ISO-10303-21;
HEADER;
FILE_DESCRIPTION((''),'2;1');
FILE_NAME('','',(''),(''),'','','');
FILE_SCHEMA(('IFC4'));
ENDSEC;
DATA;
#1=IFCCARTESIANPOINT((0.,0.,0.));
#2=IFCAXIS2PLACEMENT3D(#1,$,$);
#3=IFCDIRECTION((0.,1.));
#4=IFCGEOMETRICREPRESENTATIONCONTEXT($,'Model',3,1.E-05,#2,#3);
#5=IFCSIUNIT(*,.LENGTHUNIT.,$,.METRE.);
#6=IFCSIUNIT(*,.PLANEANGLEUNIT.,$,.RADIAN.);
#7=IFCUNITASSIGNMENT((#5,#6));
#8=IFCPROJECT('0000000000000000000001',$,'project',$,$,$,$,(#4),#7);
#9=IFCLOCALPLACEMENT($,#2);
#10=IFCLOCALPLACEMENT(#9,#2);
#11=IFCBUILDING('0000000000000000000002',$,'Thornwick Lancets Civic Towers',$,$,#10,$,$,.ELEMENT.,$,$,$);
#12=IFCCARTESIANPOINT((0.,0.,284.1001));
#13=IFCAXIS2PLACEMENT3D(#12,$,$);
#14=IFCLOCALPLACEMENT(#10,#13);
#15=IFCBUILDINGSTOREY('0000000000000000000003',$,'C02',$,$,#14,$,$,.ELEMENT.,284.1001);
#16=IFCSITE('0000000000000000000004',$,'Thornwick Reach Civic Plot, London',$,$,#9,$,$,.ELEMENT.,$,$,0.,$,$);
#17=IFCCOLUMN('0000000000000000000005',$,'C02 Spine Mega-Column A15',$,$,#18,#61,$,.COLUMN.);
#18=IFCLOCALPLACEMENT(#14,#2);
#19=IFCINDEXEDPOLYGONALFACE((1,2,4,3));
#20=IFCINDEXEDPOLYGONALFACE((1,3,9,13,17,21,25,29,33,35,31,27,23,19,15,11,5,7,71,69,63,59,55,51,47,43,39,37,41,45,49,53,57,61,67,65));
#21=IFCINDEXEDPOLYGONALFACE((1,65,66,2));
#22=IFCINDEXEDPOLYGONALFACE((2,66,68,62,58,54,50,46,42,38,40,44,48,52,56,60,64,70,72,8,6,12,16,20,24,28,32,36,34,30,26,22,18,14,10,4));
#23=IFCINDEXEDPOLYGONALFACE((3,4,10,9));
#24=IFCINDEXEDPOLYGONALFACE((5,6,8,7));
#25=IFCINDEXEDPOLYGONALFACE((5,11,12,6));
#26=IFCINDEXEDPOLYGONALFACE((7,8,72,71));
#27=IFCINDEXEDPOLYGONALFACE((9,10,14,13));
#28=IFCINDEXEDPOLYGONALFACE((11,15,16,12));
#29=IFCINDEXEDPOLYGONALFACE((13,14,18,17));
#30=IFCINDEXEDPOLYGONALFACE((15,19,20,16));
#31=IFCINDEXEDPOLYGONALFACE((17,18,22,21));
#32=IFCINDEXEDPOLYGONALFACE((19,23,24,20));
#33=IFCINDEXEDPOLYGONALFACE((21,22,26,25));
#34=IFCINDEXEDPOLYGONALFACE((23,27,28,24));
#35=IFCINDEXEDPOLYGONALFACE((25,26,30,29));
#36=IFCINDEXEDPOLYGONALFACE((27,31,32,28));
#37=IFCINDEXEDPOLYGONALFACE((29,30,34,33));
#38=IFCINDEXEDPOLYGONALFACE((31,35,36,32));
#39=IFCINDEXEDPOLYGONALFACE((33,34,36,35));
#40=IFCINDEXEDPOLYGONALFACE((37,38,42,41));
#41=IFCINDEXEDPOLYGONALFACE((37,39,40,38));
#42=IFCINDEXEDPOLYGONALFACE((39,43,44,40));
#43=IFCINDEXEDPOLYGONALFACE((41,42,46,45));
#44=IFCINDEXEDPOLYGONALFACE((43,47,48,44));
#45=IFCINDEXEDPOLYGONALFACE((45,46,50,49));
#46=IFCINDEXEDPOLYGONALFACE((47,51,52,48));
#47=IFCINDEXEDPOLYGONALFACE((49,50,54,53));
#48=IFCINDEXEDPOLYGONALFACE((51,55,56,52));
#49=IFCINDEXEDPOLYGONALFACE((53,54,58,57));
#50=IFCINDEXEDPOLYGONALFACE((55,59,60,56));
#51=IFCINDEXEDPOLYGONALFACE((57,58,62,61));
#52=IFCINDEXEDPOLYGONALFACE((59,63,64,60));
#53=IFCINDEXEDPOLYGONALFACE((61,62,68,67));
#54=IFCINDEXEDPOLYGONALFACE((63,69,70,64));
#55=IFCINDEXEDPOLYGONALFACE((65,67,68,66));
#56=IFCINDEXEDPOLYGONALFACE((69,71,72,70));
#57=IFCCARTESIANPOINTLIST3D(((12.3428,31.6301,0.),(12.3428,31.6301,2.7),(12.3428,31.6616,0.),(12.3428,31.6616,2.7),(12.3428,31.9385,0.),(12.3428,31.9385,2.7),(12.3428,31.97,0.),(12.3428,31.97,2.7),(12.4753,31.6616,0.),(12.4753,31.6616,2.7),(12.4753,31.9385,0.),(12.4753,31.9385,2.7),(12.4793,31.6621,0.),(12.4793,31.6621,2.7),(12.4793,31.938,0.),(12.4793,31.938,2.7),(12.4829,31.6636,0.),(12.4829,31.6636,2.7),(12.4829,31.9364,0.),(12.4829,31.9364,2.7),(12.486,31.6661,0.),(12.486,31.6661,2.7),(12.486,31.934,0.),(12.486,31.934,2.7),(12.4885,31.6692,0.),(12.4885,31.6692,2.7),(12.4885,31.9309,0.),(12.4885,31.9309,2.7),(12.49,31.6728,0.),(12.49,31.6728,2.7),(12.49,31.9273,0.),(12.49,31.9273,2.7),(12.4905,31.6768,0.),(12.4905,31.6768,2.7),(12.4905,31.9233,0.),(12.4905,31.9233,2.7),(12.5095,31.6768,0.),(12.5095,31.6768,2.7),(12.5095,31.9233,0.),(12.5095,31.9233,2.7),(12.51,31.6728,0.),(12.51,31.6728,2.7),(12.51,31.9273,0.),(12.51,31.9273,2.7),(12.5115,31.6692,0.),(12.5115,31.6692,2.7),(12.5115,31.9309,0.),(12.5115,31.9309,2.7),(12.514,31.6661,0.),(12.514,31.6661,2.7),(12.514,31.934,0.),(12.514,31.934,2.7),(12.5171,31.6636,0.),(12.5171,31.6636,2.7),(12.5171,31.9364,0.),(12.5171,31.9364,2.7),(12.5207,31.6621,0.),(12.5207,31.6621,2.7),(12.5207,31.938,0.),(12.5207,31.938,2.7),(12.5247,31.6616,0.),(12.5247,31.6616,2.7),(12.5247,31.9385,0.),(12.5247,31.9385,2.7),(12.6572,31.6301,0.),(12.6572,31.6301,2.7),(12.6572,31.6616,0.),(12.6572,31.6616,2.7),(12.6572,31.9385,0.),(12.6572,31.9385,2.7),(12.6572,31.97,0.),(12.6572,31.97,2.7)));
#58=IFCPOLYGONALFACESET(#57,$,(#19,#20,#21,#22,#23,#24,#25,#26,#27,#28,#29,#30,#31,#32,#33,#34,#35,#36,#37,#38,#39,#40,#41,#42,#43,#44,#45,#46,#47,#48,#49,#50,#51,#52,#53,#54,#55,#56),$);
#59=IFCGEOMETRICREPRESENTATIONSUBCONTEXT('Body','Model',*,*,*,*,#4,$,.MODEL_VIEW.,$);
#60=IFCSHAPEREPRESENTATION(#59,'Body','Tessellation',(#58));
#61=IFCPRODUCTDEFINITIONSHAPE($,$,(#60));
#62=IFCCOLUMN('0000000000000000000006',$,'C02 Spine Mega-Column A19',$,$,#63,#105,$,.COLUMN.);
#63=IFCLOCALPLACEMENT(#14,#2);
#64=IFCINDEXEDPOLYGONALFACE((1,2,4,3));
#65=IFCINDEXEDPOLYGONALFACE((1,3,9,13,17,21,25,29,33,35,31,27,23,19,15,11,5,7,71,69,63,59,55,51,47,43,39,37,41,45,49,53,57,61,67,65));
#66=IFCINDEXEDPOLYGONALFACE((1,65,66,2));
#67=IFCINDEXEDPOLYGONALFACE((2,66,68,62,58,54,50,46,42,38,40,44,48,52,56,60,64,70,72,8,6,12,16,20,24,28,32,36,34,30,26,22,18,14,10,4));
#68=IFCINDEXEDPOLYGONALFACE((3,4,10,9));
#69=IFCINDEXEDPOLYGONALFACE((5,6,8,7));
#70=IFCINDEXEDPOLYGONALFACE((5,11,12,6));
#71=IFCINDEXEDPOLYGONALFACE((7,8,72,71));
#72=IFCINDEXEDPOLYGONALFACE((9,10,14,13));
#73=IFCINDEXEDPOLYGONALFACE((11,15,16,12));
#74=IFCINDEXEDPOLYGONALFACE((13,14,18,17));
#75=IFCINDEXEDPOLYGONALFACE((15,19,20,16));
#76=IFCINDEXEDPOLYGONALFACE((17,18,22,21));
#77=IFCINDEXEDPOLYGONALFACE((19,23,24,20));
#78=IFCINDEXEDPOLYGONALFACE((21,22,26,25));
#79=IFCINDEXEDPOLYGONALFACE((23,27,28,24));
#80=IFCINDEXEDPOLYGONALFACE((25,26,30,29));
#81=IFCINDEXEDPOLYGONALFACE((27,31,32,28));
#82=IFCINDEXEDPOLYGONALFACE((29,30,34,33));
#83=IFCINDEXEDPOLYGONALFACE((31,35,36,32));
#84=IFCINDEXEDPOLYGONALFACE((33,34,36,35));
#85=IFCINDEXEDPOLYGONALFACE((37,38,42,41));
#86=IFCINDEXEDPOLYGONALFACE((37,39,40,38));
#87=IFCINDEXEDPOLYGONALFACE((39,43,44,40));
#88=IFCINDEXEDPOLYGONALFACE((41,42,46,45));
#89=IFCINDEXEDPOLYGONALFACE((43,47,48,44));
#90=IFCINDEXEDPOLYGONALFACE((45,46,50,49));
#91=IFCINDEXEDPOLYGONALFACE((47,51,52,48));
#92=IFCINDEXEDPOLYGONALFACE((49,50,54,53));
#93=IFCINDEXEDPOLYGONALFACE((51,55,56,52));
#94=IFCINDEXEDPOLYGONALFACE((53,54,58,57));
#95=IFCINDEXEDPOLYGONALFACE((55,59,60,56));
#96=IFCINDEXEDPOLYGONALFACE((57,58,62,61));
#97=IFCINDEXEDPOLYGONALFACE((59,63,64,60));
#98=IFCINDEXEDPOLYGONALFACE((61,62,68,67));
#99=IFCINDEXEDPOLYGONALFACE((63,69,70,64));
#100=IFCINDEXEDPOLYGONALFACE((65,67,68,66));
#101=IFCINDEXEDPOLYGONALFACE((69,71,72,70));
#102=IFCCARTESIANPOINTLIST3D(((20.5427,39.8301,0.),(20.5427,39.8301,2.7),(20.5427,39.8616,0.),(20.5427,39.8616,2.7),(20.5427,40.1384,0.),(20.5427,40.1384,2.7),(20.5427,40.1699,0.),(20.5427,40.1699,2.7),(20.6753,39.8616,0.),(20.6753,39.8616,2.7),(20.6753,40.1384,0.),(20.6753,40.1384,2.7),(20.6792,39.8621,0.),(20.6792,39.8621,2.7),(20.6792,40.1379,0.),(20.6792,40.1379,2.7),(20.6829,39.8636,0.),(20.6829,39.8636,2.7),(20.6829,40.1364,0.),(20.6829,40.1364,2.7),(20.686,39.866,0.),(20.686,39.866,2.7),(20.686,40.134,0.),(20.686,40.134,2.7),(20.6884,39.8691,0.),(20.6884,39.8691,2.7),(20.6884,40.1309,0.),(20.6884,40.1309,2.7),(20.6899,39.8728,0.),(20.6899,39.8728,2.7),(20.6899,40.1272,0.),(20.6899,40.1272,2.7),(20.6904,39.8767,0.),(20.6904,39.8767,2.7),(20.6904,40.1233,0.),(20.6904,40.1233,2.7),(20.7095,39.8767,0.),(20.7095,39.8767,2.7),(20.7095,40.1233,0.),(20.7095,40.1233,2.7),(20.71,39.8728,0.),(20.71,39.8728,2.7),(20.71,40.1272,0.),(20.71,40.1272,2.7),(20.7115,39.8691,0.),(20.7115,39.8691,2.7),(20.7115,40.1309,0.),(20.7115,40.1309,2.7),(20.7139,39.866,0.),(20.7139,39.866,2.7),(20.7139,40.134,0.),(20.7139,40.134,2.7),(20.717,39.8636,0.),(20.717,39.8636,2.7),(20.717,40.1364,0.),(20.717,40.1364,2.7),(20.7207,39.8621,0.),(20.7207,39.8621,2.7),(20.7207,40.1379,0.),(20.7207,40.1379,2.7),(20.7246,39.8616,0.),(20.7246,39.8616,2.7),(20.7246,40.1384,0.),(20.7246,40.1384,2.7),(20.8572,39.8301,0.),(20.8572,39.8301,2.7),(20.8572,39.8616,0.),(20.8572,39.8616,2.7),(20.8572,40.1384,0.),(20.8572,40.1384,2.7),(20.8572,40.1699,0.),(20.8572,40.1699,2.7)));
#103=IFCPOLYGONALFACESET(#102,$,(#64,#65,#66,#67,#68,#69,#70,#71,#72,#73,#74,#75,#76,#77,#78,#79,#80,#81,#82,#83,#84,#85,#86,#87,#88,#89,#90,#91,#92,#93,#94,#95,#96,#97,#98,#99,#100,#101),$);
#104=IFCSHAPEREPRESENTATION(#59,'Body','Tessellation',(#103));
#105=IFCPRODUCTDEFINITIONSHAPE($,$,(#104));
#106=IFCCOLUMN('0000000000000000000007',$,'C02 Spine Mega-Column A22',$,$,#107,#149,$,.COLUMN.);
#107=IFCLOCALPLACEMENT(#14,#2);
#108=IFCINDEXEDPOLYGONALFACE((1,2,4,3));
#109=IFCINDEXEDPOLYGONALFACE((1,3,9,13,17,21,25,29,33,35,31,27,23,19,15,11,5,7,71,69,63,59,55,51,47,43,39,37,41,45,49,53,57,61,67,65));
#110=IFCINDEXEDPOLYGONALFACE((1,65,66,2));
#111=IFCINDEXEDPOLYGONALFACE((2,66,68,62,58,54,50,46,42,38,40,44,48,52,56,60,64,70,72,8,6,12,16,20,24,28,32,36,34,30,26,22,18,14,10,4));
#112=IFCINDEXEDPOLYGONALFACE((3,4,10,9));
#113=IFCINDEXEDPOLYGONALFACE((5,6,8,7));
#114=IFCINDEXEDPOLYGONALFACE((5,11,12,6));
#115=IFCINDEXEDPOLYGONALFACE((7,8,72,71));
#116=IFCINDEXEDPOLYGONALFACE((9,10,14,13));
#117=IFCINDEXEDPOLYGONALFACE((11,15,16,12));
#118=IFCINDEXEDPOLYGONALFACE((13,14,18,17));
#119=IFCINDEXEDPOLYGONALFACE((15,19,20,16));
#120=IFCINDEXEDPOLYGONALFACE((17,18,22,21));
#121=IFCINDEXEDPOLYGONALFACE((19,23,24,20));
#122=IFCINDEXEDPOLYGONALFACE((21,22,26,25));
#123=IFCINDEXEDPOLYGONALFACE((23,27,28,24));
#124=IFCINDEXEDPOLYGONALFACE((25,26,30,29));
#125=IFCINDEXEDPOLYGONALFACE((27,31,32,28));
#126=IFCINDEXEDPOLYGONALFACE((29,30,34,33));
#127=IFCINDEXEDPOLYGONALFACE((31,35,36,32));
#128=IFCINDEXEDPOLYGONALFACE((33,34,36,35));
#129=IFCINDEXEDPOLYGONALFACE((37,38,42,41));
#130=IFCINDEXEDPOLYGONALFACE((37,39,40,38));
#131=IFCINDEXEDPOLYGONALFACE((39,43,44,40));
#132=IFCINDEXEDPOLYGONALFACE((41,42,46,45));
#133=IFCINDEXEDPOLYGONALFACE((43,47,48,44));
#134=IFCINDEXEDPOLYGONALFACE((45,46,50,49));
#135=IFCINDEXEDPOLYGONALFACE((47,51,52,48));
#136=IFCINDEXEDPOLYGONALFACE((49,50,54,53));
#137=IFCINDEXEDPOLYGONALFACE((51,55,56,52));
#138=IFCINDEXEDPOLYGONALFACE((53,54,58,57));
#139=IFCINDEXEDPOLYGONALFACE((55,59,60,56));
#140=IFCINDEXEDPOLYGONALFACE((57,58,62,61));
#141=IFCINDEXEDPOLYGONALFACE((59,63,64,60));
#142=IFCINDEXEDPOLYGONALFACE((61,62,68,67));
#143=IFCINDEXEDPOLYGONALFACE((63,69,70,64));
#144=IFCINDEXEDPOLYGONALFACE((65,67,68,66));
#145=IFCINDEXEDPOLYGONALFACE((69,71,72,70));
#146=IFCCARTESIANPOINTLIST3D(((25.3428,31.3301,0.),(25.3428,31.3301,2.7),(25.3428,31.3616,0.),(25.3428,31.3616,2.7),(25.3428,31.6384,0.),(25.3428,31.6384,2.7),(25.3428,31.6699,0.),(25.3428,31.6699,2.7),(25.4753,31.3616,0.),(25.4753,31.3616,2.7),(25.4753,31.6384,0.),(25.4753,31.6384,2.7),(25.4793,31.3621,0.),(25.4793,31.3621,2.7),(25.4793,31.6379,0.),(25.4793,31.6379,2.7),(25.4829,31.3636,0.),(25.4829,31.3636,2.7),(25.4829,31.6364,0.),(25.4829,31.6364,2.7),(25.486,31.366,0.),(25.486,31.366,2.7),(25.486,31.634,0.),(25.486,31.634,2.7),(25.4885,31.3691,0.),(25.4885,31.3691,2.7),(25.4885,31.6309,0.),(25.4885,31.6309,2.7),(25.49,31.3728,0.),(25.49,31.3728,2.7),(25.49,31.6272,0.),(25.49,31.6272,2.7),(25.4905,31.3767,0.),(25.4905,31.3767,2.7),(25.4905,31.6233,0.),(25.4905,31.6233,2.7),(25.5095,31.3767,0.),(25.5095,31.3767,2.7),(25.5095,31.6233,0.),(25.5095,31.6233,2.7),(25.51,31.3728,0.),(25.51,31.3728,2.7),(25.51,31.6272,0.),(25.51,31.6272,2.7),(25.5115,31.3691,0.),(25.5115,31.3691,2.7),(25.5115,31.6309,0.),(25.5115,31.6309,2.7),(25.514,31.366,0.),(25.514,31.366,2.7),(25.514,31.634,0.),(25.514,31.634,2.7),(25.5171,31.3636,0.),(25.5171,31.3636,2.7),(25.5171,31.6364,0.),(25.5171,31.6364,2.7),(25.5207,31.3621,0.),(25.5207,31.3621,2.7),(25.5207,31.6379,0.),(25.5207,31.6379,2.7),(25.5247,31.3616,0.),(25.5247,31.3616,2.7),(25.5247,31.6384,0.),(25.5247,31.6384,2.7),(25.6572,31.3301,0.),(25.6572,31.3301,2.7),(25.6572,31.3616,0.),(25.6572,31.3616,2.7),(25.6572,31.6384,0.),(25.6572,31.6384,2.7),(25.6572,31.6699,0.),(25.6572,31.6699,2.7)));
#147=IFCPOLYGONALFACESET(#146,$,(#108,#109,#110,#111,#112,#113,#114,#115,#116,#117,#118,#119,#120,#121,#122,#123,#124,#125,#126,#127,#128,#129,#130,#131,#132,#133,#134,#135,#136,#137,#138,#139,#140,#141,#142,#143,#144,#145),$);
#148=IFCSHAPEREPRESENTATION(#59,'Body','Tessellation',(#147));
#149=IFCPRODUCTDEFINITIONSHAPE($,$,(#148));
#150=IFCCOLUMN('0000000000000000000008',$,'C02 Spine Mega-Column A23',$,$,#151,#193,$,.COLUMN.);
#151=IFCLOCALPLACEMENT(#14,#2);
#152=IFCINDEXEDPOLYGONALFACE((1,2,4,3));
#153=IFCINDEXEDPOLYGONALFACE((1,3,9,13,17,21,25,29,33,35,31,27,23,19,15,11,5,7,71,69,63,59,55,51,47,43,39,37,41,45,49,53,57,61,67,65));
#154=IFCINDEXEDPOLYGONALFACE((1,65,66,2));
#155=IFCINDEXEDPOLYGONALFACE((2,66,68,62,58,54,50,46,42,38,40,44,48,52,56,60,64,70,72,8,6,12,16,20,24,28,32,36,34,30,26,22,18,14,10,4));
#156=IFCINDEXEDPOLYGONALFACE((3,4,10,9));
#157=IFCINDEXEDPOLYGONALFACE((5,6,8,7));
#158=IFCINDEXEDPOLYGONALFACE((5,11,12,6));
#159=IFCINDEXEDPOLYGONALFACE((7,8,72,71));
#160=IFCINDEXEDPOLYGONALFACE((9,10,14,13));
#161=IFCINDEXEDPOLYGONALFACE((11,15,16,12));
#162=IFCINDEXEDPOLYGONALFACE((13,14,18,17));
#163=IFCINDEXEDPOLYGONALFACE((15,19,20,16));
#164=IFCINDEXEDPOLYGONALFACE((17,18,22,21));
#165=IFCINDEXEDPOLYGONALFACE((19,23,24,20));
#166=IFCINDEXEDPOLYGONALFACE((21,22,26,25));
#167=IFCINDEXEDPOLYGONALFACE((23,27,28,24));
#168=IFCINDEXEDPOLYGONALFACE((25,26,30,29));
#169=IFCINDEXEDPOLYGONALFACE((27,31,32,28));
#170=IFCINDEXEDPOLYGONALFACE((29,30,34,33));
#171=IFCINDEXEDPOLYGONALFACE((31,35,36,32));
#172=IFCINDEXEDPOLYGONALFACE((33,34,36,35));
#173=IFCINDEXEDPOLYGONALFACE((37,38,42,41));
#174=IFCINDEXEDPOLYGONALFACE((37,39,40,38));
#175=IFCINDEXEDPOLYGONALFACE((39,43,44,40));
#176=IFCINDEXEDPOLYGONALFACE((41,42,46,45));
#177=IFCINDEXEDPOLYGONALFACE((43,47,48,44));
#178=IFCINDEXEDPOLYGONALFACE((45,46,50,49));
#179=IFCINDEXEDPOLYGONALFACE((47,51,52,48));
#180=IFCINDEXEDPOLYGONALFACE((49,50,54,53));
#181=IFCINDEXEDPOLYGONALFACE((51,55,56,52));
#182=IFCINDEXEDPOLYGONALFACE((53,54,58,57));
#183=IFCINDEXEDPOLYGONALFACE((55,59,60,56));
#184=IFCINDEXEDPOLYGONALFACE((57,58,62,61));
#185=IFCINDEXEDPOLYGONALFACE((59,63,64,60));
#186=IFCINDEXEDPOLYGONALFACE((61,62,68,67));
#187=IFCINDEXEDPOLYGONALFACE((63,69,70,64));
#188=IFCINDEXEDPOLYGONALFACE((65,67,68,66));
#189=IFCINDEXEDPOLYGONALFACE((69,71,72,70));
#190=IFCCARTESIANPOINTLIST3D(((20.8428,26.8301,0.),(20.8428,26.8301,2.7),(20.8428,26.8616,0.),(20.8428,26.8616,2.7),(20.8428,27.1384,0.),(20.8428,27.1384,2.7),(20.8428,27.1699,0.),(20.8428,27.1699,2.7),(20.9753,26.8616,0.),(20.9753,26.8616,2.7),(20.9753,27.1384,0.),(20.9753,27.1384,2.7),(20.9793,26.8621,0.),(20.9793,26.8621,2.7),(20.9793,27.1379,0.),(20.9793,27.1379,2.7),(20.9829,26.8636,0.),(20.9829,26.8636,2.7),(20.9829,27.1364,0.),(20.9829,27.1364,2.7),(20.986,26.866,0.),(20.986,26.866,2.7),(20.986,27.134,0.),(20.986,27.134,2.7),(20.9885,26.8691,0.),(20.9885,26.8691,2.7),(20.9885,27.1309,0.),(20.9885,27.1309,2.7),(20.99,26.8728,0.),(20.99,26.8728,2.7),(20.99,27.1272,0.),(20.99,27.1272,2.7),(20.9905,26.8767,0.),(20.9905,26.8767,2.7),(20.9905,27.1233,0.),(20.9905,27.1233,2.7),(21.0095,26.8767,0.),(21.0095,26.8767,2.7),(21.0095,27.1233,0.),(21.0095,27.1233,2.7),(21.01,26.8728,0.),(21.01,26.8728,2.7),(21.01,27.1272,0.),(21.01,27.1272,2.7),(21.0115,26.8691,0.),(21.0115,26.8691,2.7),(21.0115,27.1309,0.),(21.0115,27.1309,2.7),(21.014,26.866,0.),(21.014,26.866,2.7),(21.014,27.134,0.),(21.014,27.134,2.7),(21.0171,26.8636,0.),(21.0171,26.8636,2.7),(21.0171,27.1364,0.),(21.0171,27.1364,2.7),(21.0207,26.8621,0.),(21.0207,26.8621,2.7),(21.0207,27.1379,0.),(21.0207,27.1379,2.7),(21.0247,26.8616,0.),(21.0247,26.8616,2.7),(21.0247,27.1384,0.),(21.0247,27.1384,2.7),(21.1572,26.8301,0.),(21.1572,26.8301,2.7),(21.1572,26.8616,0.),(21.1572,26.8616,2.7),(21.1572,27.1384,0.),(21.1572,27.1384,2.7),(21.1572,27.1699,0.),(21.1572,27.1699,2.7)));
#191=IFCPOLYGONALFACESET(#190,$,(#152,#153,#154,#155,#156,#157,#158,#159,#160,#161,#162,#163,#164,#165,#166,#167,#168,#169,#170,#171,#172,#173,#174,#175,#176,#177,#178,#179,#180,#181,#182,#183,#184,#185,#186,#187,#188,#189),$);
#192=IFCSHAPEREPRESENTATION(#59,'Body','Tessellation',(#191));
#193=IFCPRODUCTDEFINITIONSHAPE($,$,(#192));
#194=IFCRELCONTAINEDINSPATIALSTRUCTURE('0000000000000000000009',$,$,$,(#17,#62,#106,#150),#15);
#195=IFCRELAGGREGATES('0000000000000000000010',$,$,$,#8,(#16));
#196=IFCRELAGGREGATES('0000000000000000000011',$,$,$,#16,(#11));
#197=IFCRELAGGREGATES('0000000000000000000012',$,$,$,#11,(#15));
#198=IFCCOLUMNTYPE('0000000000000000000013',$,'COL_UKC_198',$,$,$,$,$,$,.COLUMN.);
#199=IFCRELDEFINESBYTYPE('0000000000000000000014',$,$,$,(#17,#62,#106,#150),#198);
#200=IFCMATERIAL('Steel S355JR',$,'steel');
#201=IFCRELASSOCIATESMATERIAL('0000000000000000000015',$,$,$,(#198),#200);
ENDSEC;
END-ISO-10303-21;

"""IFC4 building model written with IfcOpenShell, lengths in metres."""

from ifc_helpers import new_model, si_unit, direction, frame, origin, origin_2d, place, context, subcontext, project, spatial, i_section, extrude, material, material_profile, profile_set, type_object, element, save


model = new_model("IFC4")

# Units and contexts
model_context = context("Model", 3, precision=1e-05, world=origin(), true_north=direction((0.0, 1.0)))
body_context = subcontext(model_context, "Body", "Model", "MODEL_VIEW")
ifc_project = project(units=[si_unit("LENGTHUNIT", "METRE"), si_unit("PLANEANGLEUNIT", "RADIAN")], contexts=[model_context])

# Site, building, storey
site_placement = place(None, origin())
site = spatial("IfcSite", under=ifc_project, at=site_placement, Name="Thornwick Reach Civic Plot, London", CompositionType="ELEMENT", RefElevation=0.0)
building_placement = place(site_placement, origin())
building = spatial("IfcBuilding", under=site, at=building_placement, Name="Thornwick Lancets Civic Towers", CompositionType="ELEMENT")
storey_placement = place(building_placement, frame((0.0, 0.0, 284.1001)))
storey = spatial("IfcBuildingStorey", under=building, at=storey_placement, Name="C02", CompositionType="ELEMENT", Elevation=284.1001)

# Columns
ifc_material_1 = material(Name="Steel S355JR", Category="steel")
ifc_material_profile_1 = material_profile(ifc_material_1, i_section(OverallWidth=0.3145, OverallDepth=0.3398, WebThickness=0.019, FlangeThickness=0.0315, FilletRadius=0.0151, at=origin_2d()), Name="UKC 305x305x198")
ifc_profile_set_1 = profile_set([ifc_material_profile_1], Name="Steel S355JR")
column_type = type_object("IfcColumnType", Name="COL_UKC_198", PredefinedType="COLUMN", material=ifc_profile_set_1)
for number, where, z_axis, x_axis, name in (
    (1, (12.5, 31.8, 0.0), (0.0, 0.0, 1.0), (1.0, 0.0, 0.0), "C02 Spine Mega-Column A15"),
    (2, (20.7, 40.0, 0.0), (0.0, 0.0, 1.0), (1.0, 0.0, 0.0), "C02 Spine Mega-Column A19"),
    (3, (25.5, 31.5, 0.0), (0.0, 0.0, 1.0), (1.0, 0.0, 0.0), "C02 Spine Mega-Column A22"),
    (4, (21.0, 27.0, 0.0), (0.0, 0.0, 1.0), (1.0, 0.0, 0.0), "C02 Spine Mega-Column A23"),
):
    element("IfcColumn", number, at=place(storey_placement, frame(where, z_axis=z_axis, x_axis=x_axis)), inside=storey, type_object=column_type, Name=name, PredefinedType="COLUMN", context=body_context, shape_type="SweptSolid", body=[
        extrude(i_section(OverallWidth=0.3145, OverallDepth=0.3398, WebThickness=0.019, FlangeThickness=0.0315, FilletRadius=0.0151, at=origin_2d()), origin(), (0.0, 0.0, 1.0), 2.7),
    ])

save(model, "model.ifc")
